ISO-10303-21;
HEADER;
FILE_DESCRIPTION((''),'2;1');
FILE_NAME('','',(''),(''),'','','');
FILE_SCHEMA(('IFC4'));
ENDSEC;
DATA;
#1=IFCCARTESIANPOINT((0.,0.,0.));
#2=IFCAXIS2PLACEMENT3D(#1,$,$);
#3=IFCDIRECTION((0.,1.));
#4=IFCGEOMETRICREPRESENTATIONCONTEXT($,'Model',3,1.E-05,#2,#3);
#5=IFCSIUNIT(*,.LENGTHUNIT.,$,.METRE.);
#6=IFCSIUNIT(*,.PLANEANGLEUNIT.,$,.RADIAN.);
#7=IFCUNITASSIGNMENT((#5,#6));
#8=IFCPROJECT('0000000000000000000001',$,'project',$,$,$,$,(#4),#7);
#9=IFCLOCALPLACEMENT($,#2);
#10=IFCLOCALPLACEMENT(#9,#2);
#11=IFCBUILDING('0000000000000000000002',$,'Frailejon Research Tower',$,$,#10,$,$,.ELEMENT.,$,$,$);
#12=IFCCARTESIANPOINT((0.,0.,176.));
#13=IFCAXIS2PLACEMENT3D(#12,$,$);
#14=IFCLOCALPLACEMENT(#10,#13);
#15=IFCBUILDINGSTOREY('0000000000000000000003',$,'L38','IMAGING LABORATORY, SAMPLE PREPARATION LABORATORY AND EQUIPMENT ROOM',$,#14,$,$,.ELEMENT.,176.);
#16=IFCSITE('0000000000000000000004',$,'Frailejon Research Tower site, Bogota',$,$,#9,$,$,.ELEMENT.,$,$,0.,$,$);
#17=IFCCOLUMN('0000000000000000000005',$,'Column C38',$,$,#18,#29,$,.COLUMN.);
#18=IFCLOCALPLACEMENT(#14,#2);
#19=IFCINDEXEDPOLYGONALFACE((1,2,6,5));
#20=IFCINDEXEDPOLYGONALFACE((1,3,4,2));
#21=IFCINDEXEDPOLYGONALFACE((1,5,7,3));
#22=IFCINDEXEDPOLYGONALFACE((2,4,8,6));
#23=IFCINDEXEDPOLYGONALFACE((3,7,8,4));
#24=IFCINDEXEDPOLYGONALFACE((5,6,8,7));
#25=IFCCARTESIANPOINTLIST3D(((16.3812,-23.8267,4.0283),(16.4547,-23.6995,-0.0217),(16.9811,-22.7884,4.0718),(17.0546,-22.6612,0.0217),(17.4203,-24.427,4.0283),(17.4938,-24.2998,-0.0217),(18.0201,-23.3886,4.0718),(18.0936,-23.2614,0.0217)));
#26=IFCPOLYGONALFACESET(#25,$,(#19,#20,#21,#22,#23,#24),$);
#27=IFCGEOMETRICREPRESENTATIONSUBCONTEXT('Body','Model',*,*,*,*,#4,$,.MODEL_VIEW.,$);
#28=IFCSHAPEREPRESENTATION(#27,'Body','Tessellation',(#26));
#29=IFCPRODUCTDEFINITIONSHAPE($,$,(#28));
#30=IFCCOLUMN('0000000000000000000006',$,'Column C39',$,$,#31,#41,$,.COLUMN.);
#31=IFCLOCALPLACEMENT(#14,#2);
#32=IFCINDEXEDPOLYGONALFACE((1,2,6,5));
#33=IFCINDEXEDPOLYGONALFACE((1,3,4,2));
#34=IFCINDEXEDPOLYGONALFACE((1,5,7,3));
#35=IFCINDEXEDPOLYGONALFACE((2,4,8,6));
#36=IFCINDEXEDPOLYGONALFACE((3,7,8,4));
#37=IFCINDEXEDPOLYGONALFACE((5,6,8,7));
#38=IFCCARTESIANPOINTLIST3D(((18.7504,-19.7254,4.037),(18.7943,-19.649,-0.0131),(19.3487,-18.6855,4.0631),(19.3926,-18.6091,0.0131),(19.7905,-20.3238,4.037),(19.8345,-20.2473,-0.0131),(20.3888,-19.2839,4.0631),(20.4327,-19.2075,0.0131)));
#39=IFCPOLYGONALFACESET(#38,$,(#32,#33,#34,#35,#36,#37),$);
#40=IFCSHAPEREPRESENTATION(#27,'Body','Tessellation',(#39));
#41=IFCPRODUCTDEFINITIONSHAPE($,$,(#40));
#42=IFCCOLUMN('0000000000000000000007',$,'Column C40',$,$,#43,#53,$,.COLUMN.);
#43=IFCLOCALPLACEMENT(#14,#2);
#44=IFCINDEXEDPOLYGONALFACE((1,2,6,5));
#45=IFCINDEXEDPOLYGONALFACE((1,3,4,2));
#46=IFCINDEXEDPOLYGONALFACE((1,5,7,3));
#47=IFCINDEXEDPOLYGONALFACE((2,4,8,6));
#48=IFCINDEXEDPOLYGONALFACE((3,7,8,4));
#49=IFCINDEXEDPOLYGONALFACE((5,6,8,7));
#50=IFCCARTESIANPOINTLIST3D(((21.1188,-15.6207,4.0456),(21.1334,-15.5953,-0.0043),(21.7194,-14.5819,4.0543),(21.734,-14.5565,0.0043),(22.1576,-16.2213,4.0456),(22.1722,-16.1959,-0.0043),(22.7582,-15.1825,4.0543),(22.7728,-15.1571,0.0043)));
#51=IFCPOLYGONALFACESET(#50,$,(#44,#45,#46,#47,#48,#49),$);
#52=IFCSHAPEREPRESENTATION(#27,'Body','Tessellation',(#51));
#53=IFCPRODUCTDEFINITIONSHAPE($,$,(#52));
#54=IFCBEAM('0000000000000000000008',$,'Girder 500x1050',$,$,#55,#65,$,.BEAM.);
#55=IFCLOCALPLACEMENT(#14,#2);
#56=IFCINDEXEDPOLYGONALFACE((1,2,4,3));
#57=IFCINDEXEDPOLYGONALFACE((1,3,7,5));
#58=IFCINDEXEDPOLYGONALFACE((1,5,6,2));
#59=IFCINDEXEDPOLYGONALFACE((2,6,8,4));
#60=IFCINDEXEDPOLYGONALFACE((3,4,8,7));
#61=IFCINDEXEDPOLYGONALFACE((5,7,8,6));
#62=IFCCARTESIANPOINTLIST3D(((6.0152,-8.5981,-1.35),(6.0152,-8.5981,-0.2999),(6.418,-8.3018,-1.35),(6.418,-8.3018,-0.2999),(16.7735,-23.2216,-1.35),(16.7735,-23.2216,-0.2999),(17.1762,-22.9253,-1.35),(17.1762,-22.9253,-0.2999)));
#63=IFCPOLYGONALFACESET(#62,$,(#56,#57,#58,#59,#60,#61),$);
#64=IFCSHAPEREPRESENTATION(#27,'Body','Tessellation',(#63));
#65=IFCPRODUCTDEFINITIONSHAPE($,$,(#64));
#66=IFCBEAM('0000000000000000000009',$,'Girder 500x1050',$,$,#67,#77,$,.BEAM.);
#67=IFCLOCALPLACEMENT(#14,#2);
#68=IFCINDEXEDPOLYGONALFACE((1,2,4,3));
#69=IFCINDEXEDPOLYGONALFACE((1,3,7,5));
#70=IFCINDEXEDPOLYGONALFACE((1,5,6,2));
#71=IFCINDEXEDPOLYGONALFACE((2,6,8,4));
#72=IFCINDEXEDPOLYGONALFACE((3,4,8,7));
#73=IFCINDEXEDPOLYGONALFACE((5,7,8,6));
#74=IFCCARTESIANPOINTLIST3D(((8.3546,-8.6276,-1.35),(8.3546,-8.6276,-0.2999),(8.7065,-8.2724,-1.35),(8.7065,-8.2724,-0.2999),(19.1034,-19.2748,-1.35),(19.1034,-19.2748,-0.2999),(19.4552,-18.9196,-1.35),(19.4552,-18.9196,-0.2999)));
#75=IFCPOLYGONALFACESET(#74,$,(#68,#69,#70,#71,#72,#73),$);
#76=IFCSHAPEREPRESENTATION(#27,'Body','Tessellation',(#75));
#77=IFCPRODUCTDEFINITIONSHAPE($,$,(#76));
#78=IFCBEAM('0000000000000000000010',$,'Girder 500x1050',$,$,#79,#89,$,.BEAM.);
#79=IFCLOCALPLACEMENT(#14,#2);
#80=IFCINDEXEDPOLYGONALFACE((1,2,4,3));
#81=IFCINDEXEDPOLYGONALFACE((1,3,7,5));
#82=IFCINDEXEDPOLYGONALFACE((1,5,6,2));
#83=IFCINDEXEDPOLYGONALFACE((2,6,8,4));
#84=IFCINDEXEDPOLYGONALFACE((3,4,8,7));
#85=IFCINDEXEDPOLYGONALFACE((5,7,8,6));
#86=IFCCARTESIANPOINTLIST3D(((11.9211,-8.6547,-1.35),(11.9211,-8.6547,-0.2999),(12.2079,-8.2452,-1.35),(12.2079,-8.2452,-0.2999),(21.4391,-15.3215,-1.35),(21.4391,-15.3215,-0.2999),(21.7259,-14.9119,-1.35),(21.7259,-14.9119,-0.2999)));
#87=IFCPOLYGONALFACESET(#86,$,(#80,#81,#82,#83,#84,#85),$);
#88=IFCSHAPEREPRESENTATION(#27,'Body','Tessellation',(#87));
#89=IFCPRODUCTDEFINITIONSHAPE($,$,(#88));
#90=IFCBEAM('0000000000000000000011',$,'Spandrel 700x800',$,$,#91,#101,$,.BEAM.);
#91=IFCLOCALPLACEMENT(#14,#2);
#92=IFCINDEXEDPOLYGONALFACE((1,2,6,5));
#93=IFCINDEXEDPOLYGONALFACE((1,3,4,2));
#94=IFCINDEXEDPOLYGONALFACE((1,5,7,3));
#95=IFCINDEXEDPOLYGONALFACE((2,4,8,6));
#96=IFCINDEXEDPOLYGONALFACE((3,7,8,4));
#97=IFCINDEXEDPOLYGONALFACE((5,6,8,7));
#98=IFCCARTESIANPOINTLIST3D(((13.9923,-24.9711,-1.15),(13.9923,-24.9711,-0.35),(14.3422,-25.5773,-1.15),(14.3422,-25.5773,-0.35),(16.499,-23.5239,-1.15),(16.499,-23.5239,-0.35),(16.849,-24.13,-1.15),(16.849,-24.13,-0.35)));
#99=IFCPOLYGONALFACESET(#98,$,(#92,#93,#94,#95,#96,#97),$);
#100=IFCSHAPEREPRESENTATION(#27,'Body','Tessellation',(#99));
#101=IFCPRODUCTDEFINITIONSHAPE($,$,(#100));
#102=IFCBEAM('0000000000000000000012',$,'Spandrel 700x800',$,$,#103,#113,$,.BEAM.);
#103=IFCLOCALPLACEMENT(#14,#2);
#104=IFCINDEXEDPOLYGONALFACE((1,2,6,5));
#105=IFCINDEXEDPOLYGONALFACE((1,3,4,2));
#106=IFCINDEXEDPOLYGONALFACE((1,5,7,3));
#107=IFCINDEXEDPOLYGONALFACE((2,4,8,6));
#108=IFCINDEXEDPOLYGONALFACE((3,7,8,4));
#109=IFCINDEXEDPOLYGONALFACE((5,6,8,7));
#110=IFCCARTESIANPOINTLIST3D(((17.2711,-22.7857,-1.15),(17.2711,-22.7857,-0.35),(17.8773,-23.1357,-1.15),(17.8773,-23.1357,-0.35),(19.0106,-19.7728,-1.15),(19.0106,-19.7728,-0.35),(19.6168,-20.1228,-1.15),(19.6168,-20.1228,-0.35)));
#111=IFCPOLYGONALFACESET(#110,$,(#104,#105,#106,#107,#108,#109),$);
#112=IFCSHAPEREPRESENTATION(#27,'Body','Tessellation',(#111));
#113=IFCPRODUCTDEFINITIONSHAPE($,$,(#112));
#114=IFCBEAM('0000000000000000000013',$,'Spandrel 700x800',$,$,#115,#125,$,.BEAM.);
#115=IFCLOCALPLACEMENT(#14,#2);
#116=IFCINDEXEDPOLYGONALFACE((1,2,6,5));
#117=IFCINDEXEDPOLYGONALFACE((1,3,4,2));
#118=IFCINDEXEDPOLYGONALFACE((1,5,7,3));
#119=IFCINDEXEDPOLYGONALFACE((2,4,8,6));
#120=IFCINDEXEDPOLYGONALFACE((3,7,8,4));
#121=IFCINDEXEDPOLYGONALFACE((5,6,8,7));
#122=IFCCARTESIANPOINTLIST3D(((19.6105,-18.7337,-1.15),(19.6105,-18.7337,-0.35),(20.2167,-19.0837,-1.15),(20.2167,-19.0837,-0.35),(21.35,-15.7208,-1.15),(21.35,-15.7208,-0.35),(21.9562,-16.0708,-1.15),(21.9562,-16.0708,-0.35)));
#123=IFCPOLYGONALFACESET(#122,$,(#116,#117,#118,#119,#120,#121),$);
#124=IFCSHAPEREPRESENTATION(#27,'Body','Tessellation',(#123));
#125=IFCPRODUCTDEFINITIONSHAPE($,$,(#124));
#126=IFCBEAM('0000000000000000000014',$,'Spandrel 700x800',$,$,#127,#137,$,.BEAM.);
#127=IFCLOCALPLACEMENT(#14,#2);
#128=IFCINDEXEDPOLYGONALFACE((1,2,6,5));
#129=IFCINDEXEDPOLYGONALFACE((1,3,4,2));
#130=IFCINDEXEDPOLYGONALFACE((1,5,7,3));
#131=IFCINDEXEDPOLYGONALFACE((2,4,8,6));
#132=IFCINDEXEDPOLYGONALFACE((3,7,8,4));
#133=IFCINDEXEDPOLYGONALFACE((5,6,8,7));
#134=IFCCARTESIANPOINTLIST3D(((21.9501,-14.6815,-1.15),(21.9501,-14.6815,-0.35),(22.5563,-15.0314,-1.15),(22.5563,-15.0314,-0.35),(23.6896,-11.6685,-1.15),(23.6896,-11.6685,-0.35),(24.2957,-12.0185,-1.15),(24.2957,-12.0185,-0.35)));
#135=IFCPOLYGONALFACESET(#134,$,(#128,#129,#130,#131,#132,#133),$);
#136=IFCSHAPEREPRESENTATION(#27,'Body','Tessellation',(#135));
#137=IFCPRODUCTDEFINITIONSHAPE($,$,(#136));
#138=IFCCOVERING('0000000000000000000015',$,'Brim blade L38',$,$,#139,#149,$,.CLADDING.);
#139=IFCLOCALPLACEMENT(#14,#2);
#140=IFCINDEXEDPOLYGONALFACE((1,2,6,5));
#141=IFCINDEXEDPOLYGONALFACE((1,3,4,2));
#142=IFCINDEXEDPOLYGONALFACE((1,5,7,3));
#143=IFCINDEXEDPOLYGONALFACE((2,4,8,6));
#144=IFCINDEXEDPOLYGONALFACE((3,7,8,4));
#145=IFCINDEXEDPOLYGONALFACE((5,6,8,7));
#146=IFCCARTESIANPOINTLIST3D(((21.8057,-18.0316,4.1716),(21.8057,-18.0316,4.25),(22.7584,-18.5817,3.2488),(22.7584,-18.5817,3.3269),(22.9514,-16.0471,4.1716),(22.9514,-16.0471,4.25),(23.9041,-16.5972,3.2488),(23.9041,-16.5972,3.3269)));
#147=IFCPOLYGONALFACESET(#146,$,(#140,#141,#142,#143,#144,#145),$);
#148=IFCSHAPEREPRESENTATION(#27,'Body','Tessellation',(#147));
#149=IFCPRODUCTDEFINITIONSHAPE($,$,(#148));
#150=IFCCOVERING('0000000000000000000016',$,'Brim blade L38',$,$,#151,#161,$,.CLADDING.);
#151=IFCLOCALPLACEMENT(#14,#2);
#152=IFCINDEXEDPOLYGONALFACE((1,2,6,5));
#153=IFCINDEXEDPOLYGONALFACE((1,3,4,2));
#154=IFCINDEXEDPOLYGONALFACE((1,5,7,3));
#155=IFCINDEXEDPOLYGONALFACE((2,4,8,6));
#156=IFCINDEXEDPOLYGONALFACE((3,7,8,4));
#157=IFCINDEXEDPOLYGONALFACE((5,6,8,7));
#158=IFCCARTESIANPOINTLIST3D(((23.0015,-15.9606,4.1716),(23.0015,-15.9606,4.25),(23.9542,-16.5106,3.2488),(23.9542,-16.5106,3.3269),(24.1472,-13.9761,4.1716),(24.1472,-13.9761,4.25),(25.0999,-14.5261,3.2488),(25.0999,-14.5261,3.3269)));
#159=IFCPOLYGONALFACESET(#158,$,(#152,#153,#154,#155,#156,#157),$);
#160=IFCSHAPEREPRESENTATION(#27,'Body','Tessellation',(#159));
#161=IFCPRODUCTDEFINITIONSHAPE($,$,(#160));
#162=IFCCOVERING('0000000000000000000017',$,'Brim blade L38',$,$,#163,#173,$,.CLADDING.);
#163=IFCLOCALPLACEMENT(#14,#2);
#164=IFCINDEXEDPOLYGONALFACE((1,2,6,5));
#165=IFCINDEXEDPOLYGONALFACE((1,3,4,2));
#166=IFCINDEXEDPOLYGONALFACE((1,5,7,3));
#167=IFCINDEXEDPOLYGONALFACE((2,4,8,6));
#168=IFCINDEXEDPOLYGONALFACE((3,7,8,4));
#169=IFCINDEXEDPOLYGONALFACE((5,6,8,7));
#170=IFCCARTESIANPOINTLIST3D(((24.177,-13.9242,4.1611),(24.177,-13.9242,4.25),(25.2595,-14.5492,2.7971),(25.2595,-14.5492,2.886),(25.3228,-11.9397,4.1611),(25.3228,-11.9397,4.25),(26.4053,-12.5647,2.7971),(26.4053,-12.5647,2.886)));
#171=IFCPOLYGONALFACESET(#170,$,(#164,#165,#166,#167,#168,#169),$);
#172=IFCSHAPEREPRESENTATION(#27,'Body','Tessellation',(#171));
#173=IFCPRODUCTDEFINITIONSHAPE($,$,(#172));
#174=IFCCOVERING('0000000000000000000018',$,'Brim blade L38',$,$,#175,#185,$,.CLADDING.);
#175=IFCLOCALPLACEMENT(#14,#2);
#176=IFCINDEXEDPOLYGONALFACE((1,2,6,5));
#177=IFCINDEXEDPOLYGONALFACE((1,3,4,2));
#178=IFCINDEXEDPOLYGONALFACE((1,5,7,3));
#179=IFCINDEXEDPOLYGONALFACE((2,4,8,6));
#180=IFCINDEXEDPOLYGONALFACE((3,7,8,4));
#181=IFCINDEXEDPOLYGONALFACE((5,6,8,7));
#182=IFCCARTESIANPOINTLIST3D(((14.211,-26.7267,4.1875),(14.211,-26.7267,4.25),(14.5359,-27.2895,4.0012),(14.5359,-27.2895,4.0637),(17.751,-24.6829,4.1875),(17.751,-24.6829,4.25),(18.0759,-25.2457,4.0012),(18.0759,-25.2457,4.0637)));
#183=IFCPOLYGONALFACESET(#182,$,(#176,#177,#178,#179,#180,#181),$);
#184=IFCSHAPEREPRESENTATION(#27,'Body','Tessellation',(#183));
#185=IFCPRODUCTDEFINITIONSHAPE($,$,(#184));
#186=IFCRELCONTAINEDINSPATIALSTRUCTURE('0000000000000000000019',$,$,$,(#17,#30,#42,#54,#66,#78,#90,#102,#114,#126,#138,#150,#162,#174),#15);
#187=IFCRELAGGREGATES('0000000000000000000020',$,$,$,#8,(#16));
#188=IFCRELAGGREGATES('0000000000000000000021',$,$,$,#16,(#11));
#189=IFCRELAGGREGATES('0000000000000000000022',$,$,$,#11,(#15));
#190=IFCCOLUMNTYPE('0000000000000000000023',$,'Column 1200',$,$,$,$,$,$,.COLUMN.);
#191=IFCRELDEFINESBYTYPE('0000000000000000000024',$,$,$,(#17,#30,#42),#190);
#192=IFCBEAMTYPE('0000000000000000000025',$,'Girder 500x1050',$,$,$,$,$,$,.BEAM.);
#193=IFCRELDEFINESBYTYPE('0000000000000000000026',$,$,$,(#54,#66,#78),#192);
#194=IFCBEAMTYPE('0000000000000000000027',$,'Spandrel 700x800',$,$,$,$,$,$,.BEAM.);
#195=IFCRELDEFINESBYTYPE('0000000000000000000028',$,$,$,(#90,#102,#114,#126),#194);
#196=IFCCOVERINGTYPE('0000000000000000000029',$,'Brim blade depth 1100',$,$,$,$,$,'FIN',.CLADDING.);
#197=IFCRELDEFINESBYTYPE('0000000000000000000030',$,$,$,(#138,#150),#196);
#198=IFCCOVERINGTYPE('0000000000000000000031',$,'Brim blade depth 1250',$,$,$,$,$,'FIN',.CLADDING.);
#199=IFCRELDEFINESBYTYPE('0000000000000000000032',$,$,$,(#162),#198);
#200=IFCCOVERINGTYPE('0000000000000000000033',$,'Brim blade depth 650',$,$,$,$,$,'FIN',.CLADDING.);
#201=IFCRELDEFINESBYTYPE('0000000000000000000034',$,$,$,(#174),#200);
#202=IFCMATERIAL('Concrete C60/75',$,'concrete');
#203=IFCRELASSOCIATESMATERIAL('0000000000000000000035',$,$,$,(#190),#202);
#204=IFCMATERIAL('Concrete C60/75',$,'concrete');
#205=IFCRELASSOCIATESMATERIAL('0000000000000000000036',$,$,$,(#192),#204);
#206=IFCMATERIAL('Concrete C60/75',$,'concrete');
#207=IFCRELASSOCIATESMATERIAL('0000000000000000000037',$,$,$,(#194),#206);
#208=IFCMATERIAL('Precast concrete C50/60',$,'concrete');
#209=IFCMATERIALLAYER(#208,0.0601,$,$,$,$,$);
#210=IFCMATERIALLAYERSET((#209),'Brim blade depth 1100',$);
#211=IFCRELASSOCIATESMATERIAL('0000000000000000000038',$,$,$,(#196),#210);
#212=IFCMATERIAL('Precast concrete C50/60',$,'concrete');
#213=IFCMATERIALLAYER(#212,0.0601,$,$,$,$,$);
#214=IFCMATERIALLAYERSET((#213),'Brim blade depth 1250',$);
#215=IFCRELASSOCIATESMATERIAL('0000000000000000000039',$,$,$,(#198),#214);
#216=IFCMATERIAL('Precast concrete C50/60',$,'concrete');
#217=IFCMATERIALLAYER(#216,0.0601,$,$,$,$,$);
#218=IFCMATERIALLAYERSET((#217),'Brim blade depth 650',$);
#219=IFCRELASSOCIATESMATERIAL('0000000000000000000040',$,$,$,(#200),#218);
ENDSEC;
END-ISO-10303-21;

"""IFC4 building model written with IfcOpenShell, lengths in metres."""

from ifc_helpers import new_model, si_unit, direction, frame, origin, origin_2d, place, context, subcontext, project, spatial, polyline, rectangle, outline, extrude, material, layer, layer_set, material_profile, profile_set, type_object, element, save


model = new_model("IFC4")

# Units and contexts
model_context = context("Model", 3, precision=1e-05, world=origin(), true_north=direction((0.0, 1.0)))
body_context = subcontext(model_context, "Body", "Model", "MODEL_VIEW")
ifc_project = project(units=[si_unit("LENGTHUNIT", "METRE"), si_unit("PLANEANGLEUNIT", "RADIAN")], contexts=[model_context])

# Site, building, storey
site_placement = place(None, origin())
site = spatial("IfcSite", under=ifc_project, at=site_placement, Name="Frailejon Research Tower site, Bogota", CompositionType="ELEMENT", RefElevation=0.0)
building_placement = place(site_placement, origin())
building = spatial("IfcBuilding", under=site, at=building_placement, Name="Frailejon Research Tower", CompositionType="ELEMENT")
storey_placement = place(building_placement, frame((0.0, 0.0, 176.0)))
storey = spatial("IfcBuildingStorey", under=building, at=storey_placement, Name="L38", Description="IMAGING LABORATORY, SAMPLE PREPARATION LABORATORY AND EQUIPMENT ROOM", CompositionType="ELEMENT", Elevation=176.0)

# Columns
ifc_material_1 = material(Name="Concrete C60/75", Category="concrete")
ifc_material_profile_1 = material_profile(ifc_material_1, rectangle(XDim=1.2, YDim=1.2, at=origin_2d()), Name="Column 1200")
ifc_profile_set_1 = profile_set([ifc_material_profile_1], Name="Concrete C60/75")
column_type = type_object("IfcColumnType", Name="Column 1200", PredefinedType="COLUMN", material=ifc_profile_set_1)
column_1_placement = place(storey_placement, frame((17.2742, -23.4805, 0.0), z_axis=(-0.018133, -0.031386, 0.999343), x_axis=(0.499873, 0.86534, 0.036247)))
element("IfcColumn", 1, at=column_1_placement, inside=storey, type_object=column_type, Name="Column C38", PredefinedType="COLUMN", context=body_context, shape_type="SweptSolid", body=[
    extrude(rectangle(XDim=1.2, YDim=1.2, at=origin_2d()), origin(), (0.0, 0.0, 1.0), 4.0527),
])
column_2_placement = place(storey_placement, frame((19.6135, -19.4282, 0.0), z_axis=(-0.010848, -0.018863, 0.999763), x_axis=(0.498562, 0.866581, 0.02176)))
element("IfcColumn", 2, at=column_2_placement, inside=storey, type_object=column_type, Name="Column C39", PredefinedType="COLUMN", context=body_context, shape_type="SweptSolid", body=[
    extrude(rectangle(XDim=1.2, YDim=1.2, at=origin_2d()), origin(), (0.0, 0.0, 1.0), 4.051),
])
column_3_placement = place(storey_placement, frame((21.9531, -15.3762, 0.0), z_axis=(-0.003617, -0.006269, 0.999974), x_axis=(0.50053, 0.865689, 0.007238)))
element("IfcColumn", 3, at=column_3_placement, inside=storey, type_object=column_type, Name="Column C40", PredefinedType="COLUMN", context=body_context, shape_type="SweptSolid", body=[
    extrude(rectangle(XDim=1.2, YDim=1.2, at=origin_2d()), origin(), (0.0, 0.0, 1.0), 4.05),
])

# Beams
ifc_material_2 = material(Name="Concrete C60/75", Category="concrete")
ifc_material_profile_2 = material_profile(ifc_material_2, rectangle(XDim=0.5, YDim=1.05, at=origin_2d()), Name="Girder 500x1050")
ifc_profile_set_2 = profile_set([ifc_material_profile_2], Name="Concrete C60/75")
beam_type_1 = type_object("IfcBeamType", Name="Girder 500x1050", PredefinedType="BEAM", material=ifc_profile_set_2)
beam_1_placement = place(storey_placement, frame((16.9749, -23.0735, -0.825), z_axis=(-0.592594, 0.805501, 0.0), x_axis=(-0.805501, -0.592594, 0.0)))
element("IfcBeam", 4, at=beam_1_placement, inside=storey, type_object=beam_type_1, Name="Girder 500x1050", PredefinedType="BEAM", context=body_context, shape_type="SweptSolid", body=[
    extrude(rectangle(XDim=0.5, YDim=1.05, at=origin_2d()), origin(), (0.0, 0.0, 1.0), 18.1545),
])
beam_2_placement = place(storey_placement, frame((19.2793, -19.0972, -0.825), z_axis=(-0.710455, 0.703742, 0.0), x_axis=(-0.703742, -0.710455, 0.0)))
element("IfcBeam", 5, at=beam_2_placement, inside=storey, type_object=beam_type_1, Name="Girder 500x1050", PredefinedType="BEAM", context=body_context, shape_type="SweptSolid", body=[
    extrude(rectangle(XDim=0.5, YDim=1.05, at=origin_2d()), origin(), (0.0, 0.0, 1.0), 15.1294),
])
beam_3_placement = place(storey_placement, frame((21.5825, -15.1167, -0.825), z_axis=(-0.819066, 0.573699, 0.0), x_axis=(-0.573699, -0.819066, 0.0)))
element("IfcBeam", 6, at=beam_3_placement, inside=storey, type_object=beam_type_1, Name="Girder 500x1050", PredefinedType="BEAM", context=body_context, shape_type="SweptSolid", body=[
    extrude(rectangle(XDim=0.5, YDim=1.05, at=origin_2d()), origin(), (0.0, 0.0, 1.0), 11.6206),
])
ifc_material_3 = material(Name="Concrete C60/75", Category="concrete")
ifc_material_profile_3 = material_profile(ifc_material_3, rectangle(XDim=0.7, YDim=0.8, at=origin_2d()), Name="Spandrel 700x800")
ifc_profile_set_3 = profile_set([ifc_material_profile_3], Name="Concrete C60/75")
beam_type_2 = type_object("IfcBeamType", Name="Spandrel 700x800", PredefinedType="BEAM", material=ifc_profile_set_3)
beam_4_placement = place(storey_placement, frame((14.1672, -25.2742, -0.75), z_axis=(0.866034, 0.499985, 0.0), x_axis=(-0.499985, 0.866034, 0.0)))
element("IfcBeam", 7, at=beam_4_placement, inside=storey, type_object=beam_type_2, Name="Spandrel 700x800", PredefinedType="BEAM", context=body_context, shape_type="SweptSolid", body=[
    extrude(rectangle(XDim=0.7, YDim=0.8, at=origin_2d()), origin(), (0.0, 0.0, 1.0), 2.8945),
])
for number, where, z_axis, x_axis, name in (
    (8, (17.5742, -22.9607, -0.75), (0.499996, 0.866028, 0.0), (-0.866028, 0.499996, 0.0), "Spandrel 700x800"),
    (9, (19.9136, -18.9087, -0.75), (0.499996, 0.866028, 0.0), (-0.866028, 0.499996, 0.0), "Spandrel 700x800"),
    (10, (22.2532, -14.8564, -0.75), (0.499996, 0.866028, 0.0), (-0.866028, 0.499996, 0.0), "Spandrel 700x800"),
):
    element("IfcBeam", number, at=place(storey_placement, frame(where, z_axis=z_axis, x_axis=x_axis)), inside=storey, type_object=beam_type_2, Name=name, PredefinedType="BEAM", context=body_context, shape_type="SweptSolid", body=[
        extrude(rectangle(XDim=0.7, YDim=0.8, at=origin_2d()), origin(), (0.0, 0.0, 1.0), 3.479),
    ])

# Coverings
ifc_material_4 = material(Name="Precast concrete C50/60", Category="concrete")
ifc_layer_1 = layer(ifc_material_4, 0.0601)
ifc_layer_set_1 = layer_set([ifc_layer_1], Name="Brim blade depth 1100")
covering_type_1 = type_object("IfcCoveringType", Name="Brim blade depth 1100", ElementType="FIN", PredefinedType="CLADDING", material=ifc_layer_set_1)
for number, where, z_axis, x_axis, name in (
    (11, (22.9514, -16.0471, 4.25), (-0.500005, -0.866022, 0.0), (0.866022, -0.500005, 0.0), "Brim blade L38"),
    (12, (24.1472, -13.9761, 4.25), (-0.499999, -0.866026, 0.0), (0.866026, -0.499999, 0.0), "Brim blade L38"),
):
    element("IfcCovering", number, at=place(storey_placement, frame(where, z_axis=z_axis, x_axis=x_axis)), inside=storey, type_object=covering_type_1, Name=name, PredefinedType="CLADDING", context=body_context, shape_type="SweptSolid", body=[
        extrude(outline(polyline([(0.0, -0.0784), (1.1001, -1.0012), (1.1001, -0.9231), (0.0, 0.0), (0.0, -0.0784)])), origin(), (0.0, 0.0, 1.0), 2.2915),
    ])
ifc_material_5 = material(Name="Precast concrete C50/60", Category="concrete")
ifc_layer_2 = layer(ifc_material_5, 0.0601)
ifc_layer_set_2 = layer_set([ifc_layer_2], Name="Brim blade depth 1250")
covering_type_2 = type_object("IfcCoveringType", Name="Brim blade depth 1250", ElementType="FIN", PredefinedType="CLADDING", material=ifc_layer_set_2)
covering_1_placement = place(storey_placement, frame((25.3228, -11.9397, 4.25), z_axis=(-0.499999, -0.866026, 0.0), x_axis=(0.866026, -0.499999, 0.0)))
element("IfcCovering", 13, at=covering_1_placement, inside=storey, type_object=covering_type_2, Name="Brim blade L38", PredefinedType="CLADDING", context=body_context, shape_type="SweptSolid", body=[
    extrude(outline(polyline([(0.0, -0.0889), (1.25, -1.4529), (1.25, -1.364), (0.0, 0.0), (0.0, -0.0889)])), origin(), (0.0, 0.0, 1.0), 2.2915),
])
ifc_material_6 = material(Name="Precast concrete C50/60", Category="concrete")
ifc_layer_3 = layer(ifc_material_6, 0.0601)
ifc_layer_set_3 = layer_set([ifc_layer_3], Name="Brim blade depth 650")
covering_type_3 = type_object("IfcCoveringType", Name="Brim blade depth 650", ElementType="FIN", PredefinedType="CLADDING", material=ifc_layer_set_3)
covering_2_placement = place(storey_placement, frame((17.751, -24.6829, 4.25), z_axis=(-0.866027, -0.499997, 0.0), x_axis=(0.499997, -0.866027, 0.0)))
element("IfcCovering", 14, at=covering_2_placement, inside=storey, type_object=covering_type_3, Name="Brim blade L38", PredefinedType="CLADDING", context=body_context, shape_type="SweptSolid", body=[
    extrude(outline(polyline([(0.0, -0.0625), (0.6499, -0.2488), (0.6499, -0.1863), (0.0, 0.0), (0.0, -0.0625)])), origin(), (0.0, 0.0, 1.0), 4.0876),
])

save(model, "model.ifc")
